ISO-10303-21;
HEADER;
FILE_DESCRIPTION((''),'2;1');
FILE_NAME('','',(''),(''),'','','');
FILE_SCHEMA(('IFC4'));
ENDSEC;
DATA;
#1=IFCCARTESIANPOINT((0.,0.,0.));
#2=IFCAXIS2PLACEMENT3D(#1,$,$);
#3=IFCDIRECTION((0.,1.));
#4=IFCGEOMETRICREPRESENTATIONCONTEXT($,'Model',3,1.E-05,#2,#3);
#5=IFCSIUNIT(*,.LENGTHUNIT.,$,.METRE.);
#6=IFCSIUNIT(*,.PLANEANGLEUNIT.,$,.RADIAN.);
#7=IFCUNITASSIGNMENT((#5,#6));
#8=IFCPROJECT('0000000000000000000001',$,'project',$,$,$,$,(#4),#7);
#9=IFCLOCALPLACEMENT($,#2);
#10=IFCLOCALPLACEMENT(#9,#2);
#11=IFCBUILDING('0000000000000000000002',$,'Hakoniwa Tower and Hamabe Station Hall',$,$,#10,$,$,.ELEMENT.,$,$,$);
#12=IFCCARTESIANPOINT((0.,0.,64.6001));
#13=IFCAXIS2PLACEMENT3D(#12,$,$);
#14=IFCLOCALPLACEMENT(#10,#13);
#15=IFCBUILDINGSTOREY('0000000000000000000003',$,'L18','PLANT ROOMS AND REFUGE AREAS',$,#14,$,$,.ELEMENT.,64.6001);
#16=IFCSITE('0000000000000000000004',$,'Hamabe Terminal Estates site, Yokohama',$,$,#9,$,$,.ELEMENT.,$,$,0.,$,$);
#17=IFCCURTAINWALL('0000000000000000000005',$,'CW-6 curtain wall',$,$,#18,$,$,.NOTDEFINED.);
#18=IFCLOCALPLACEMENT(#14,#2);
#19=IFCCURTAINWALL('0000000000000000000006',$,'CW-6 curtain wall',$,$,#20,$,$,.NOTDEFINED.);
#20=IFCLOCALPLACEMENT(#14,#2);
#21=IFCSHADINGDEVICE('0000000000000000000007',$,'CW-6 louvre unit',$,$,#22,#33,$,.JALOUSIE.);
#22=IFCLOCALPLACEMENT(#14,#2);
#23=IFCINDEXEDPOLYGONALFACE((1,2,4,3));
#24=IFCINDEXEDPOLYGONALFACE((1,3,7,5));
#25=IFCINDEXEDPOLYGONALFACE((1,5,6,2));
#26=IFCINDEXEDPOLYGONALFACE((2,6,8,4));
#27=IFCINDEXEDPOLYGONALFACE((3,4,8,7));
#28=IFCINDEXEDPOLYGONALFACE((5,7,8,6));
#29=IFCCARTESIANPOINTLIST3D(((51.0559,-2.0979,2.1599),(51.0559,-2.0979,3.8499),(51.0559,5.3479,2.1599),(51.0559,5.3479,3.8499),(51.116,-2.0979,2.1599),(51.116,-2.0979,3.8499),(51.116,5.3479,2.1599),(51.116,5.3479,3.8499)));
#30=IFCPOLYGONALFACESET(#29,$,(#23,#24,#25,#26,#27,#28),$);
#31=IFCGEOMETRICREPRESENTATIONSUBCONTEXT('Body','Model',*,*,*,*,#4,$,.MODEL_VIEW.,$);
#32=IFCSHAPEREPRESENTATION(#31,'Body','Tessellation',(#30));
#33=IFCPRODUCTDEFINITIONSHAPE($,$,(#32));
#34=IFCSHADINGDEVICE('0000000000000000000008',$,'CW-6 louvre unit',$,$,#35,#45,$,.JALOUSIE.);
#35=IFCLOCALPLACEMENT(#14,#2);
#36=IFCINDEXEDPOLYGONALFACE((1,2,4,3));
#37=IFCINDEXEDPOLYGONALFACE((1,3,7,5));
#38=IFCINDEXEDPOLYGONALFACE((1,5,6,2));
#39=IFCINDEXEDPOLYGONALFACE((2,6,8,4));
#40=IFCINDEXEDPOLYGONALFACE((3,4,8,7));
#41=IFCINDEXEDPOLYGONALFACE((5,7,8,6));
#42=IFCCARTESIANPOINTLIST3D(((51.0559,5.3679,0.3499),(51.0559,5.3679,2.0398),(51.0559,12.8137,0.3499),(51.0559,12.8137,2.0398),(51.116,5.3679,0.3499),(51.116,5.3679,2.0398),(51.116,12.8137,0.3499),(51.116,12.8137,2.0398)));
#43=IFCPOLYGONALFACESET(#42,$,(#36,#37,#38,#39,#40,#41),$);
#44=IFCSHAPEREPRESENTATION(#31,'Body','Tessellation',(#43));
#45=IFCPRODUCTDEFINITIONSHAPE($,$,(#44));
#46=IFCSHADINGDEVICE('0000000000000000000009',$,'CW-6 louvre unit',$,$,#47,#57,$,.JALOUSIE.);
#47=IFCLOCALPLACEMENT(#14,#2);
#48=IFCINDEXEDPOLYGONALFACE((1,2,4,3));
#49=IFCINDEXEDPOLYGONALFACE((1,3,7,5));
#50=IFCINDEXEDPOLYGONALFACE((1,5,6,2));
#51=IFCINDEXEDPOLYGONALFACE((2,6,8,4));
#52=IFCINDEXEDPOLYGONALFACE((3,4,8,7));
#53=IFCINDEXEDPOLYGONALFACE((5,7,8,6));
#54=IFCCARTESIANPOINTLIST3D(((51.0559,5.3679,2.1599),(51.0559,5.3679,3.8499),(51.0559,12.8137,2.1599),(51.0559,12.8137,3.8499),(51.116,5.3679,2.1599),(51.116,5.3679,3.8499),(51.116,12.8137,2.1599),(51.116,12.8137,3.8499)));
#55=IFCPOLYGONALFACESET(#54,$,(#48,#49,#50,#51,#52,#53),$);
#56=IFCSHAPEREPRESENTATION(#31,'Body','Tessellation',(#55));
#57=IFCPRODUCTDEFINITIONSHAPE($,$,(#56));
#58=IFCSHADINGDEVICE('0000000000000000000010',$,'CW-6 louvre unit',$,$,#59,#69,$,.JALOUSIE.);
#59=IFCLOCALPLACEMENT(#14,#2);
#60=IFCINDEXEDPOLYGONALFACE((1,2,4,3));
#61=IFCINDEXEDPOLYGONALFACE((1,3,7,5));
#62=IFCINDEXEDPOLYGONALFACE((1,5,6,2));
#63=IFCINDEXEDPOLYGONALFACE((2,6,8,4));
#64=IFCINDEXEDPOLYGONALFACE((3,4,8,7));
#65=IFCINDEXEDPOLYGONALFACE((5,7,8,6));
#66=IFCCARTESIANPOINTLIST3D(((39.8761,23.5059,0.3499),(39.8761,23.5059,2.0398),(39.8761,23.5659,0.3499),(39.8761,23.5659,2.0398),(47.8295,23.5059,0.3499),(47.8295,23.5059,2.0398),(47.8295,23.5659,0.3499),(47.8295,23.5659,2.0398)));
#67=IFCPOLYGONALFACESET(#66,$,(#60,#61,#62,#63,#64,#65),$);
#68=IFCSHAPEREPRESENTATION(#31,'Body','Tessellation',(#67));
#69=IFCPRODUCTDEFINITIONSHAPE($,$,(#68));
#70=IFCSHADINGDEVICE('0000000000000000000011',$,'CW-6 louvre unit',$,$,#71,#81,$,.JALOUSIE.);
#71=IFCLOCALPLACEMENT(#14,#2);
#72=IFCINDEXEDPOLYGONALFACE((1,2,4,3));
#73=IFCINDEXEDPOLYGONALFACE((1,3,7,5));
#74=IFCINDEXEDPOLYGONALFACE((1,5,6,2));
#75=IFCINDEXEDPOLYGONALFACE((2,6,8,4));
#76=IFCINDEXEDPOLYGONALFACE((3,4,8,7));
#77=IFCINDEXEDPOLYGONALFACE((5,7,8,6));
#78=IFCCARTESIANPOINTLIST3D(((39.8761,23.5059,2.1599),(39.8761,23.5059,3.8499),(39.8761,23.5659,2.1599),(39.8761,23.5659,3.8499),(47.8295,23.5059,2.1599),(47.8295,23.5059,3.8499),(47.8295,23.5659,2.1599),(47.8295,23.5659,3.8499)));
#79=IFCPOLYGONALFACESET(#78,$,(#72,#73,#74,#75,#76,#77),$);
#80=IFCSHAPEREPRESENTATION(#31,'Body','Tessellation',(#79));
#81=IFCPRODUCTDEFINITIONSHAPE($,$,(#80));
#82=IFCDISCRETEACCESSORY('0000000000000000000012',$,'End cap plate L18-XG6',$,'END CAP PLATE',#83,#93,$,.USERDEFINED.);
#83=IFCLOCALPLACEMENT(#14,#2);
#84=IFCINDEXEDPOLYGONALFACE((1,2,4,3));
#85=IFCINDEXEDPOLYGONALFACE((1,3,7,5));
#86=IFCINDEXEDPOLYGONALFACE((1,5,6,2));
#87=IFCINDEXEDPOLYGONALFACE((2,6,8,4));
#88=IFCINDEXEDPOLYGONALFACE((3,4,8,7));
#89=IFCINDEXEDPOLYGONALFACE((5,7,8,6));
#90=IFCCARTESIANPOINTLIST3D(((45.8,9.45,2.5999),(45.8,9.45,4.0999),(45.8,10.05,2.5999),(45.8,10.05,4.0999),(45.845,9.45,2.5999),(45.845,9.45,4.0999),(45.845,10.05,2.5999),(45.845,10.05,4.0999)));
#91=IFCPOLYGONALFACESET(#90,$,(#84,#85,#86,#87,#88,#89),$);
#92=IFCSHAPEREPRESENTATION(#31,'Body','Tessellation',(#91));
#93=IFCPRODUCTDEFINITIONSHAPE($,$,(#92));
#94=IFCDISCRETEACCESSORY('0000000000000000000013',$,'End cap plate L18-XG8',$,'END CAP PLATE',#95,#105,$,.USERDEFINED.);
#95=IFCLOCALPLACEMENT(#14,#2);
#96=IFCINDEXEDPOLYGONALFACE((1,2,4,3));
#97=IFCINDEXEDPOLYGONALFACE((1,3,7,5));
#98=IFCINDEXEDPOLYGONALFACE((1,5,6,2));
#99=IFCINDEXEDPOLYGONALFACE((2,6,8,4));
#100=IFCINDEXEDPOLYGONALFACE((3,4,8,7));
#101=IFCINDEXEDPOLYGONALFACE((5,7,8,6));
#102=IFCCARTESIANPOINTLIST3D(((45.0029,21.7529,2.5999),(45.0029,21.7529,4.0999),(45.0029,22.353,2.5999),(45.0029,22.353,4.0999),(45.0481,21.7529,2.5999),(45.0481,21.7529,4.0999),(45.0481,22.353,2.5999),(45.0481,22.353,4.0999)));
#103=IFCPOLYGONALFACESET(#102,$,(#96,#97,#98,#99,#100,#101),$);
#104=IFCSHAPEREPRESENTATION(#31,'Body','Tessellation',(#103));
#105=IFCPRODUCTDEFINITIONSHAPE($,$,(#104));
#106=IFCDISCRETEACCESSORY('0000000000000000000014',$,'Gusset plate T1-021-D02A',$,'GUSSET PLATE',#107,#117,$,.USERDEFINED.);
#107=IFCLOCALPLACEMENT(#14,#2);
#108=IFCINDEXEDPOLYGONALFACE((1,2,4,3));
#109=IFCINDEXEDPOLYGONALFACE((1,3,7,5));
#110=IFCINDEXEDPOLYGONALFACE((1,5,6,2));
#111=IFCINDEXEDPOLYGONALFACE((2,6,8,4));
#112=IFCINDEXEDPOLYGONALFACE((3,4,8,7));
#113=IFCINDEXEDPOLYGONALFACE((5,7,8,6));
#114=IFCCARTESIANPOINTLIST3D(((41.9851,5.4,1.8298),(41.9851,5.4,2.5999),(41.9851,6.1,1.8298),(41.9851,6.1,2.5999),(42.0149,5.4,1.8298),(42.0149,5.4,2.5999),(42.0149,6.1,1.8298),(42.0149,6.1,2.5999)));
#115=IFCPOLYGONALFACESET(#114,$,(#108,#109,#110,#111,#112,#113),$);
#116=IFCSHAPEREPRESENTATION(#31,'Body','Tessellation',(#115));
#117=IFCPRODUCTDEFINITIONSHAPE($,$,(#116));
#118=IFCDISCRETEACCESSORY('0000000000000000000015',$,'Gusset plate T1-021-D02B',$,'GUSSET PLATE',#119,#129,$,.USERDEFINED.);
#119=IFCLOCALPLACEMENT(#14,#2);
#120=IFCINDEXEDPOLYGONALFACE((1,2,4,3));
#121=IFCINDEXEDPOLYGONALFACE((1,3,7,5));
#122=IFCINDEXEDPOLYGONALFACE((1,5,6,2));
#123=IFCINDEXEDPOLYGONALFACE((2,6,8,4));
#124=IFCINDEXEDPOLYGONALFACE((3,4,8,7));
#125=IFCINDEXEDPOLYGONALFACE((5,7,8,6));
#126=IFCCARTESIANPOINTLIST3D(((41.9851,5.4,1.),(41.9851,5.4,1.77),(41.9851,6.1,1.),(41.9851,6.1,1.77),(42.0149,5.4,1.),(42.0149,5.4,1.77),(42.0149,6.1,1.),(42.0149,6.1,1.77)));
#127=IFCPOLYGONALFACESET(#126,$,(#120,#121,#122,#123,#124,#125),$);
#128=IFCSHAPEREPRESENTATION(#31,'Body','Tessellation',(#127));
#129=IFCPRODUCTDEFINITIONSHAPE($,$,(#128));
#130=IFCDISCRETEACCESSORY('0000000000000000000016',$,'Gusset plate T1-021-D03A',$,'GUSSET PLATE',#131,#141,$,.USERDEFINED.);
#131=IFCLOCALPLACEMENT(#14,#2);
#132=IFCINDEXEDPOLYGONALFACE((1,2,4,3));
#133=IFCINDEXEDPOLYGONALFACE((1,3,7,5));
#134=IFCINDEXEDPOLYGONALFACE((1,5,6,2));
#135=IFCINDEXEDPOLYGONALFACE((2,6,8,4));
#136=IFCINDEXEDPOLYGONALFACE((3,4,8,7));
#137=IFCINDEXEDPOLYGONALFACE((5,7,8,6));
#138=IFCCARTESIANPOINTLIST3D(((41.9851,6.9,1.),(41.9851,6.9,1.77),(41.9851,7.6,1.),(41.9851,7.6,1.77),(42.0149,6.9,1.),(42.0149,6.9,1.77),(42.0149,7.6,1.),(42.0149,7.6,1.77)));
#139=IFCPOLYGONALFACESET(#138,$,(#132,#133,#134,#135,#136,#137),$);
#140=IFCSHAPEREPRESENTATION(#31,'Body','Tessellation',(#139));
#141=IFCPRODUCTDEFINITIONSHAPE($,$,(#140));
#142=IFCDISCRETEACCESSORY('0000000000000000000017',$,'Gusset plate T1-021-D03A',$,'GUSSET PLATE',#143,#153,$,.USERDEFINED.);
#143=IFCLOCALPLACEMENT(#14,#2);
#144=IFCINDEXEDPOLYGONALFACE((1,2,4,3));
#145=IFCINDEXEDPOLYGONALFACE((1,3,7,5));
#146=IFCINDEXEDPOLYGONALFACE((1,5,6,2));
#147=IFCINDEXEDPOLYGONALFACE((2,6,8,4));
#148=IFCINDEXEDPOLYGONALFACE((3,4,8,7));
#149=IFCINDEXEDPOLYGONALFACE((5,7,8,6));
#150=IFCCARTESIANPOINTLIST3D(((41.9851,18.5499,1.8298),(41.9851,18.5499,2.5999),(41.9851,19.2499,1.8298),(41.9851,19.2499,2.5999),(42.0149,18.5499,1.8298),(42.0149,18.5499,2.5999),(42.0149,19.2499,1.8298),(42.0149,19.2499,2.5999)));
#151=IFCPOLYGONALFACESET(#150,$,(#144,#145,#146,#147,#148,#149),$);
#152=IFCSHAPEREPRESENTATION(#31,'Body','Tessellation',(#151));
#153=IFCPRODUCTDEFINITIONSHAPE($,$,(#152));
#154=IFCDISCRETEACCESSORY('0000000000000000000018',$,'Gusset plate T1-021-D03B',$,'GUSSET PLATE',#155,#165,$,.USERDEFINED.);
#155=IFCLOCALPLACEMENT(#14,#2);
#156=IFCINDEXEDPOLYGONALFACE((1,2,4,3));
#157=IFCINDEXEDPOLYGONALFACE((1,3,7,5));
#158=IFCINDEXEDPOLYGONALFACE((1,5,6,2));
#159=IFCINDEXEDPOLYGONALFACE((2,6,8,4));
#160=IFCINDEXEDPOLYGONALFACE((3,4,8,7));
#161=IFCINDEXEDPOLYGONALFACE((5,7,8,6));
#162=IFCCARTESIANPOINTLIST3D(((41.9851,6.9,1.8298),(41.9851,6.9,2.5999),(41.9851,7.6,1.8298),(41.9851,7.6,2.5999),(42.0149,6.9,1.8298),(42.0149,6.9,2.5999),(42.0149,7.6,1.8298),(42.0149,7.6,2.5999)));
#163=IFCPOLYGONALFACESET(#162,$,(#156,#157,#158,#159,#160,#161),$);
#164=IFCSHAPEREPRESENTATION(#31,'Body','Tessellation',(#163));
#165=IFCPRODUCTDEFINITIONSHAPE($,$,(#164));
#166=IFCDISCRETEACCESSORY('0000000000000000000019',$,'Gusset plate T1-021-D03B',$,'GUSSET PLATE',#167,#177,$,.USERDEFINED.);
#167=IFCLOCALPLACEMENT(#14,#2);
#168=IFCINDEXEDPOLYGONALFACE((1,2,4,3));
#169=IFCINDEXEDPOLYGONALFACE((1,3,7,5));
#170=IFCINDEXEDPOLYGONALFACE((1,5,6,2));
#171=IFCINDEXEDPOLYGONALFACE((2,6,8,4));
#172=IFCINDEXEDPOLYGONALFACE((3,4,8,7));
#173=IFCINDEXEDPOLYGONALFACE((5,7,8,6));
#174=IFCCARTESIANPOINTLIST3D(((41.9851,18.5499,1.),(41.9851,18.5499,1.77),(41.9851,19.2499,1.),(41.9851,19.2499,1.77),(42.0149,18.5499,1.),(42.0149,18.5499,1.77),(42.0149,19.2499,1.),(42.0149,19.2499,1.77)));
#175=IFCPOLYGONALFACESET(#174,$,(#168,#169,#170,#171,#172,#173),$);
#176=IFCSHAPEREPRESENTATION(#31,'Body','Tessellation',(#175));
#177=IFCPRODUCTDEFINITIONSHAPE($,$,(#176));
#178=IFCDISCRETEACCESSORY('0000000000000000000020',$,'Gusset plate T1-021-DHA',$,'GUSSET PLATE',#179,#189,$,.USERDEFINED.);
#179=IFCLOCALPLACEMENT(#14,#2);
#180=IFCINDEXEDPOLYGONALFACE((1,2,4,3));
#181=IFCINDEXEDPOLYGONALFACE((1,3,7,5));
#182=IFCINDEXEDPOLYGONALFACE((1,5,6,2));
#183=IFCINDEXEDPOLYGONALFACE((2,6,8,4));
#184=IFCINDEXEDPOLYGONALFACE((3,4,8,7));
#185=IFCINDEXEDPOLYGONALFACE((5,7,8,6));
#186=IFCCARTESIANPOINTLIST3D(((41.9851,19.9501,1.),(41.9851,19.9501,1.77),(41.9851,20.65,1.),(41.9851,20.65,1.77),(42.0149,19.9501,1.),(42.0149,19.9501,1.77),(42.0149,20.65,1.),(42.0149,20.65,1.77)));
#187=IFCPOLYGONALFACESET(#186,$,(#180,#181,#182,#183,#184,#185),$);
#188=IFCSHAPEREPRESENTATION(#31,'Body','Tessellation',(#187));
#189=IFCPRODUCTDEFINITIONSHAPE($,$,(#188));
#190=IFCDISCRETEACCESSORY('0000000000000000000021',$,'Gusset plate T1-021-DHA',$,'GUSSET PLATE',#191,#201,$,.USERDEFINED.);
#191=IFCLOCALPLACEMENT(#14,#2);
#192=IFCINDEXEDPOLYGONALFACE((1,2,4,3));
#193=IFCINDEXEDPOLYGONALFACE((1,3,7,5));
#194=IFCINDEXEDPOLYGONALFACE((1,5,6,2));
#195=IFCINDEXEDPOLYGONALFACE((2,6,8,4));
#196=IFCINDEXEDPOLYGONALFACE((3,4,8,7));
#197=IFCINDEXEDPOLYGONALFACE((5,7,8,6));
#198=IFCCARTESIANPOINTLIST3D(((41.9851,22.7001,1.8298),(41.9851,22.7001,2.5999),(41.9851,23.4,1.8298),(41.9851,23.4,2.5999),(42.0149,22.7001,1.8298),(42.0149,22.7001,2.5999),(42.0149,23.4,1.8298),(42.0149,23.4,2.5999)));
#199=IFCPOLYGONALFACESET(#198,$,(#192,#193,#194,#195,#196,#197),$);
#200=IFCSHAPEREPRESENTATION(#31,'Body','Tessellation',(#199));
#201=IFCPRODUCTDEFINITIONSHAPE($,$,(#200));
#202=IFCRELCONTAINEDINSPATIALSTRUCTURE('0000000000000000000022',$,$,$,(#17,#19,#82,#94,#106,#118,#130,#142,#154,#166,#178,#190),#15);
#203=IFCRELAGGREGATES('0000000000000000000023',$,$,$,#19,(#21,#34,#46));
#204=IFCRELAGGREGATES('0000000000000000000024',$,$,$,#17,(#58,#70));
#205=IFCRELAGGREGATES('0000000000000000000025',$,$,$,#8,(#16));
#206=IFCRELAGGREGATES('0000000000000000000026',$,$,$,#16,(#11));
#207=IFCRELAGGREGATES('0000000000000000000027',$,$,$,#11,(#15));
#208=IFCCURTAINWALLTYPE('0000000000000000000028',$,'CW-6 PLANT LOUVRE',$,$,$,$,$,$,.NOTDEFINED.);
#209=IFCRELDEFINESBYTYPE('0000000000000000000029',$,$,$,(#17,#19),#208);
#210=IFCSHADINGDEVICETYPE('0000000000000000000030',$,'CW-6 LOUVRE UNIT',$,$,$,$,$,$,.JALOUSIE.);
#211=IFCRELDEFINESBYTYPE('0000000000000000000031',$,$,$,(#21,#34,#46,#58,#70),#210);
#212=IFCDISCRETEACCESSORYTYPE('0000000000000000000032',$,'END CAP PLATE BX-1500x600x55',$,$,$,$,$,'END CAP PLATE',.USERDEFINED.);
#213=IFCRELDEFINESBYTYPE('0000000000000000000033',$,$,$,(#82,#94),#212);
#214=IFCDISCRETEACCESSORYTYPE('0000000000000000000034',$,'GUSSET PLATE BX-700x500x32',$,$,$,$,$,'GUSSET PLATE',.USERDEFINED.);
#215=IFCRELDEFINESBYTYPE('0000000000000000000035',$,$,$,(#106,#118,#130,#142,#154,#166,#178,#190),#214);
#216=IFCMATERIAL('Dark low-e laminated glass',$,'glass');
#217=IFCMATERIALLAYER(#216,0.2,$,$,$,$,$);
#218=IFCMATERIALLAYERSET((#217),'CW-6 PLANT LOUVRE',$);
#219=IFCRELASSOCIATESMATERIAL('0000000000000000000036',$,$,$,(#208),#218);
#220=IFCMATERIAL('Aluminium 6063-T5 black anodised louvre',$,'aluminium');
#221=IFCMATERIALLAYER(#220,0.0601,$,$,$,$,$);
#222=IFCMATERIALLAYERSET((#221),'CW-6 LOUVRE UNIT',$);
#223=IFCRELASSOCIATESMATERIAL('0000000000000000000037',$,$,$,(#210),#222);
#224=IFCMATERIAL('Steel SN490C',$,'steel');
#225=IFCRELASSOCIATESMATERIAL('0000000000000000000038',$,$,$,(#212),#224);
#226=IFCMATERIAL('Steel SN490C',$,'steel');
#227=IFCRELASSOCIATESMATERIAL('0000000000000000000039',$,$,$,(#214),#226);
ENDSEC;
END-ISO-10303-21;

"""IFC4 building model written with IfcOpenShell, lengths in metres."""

from ifc_helpers import new_model, si_unit, direction, frame, origin, origin_2d, place, context, subcontext, project, spatial, rectangle, extrude, material, layer, layer_set, material_profile, profile_set, type_object, element, aggregate, save


model = new_model("IFC4")

# Units and contexts
model_context = context("Model", 3, precision=1e-05, world=origin(), true_north=direction((0.0, 1.0)))
body_context = subcontext(model_context, "Body", "Model", "MODEL_VIEW")
ifc_project = project(units=[si_unit("LENGTHUNIT", "METRE"), si_unit("PLANEANGLEUNIT", "RADIAN")], contexts=[model_context])

# Site, building, storey
site_placement = place(None, origin())
site = spatial("IfcSite", under=ifc_project, at=site_placement, Name="Hamabe Terminal Estates site, Yokohama", CompositionType="ELEMENT", RefElevation=0.0)
building_placement = place(site_placement, origin())
building = spatial("IfcBuilding", under=site, at=building_placement, Name="Hakoniwa Tower and Hamabe Station Hall", CompositionType="ELEMENT")
storey_placement = place(building_placement, frame((0.0, 0.0, 64.6001)))
storey = spatial("IfcBuildingStorey", under=building, at=storey_placement, Name="L18", Description="PLANT ROOMS AND REFUGE AREAS", CompositionType="ELEMENT", Elevation=64.6001)

# Curtain walls
ifc_material_1 = material(Name="Dark low-e laminated glass", Category="glass")
ifc_layer_1 = layer(ifc_material_1, 0.2)
ifc_layer_set_1 = layer_set([ifc_layer_1], Name="CW-6 PLANT LOUVRE")
curtain_wall_type = type_object("IfcCurtainWallType", Name="CW-6 PLANT LOUVRE", PredefinedType="NOTDEFINED", material=ifc_layer_set_1)
curtain_wall_1_placement = place(storey_placement, origin())
curtain_wall_1 = element("IfcCurtainWall", 1, at=curtain_wall_1_placement, inside=storey, type_object=curtain_wall_type, Name="CW-6 curtain wall", PredefinedType="NOTDEFINED")
curtain_wall_2_placement = place(storey_placement, origin())
curtain_wall_2 = element("IfcCurtainWall", 2, at=curtain_wall_2_placement, inside=storey, type_object=curtain_wall_type, Name="CW-6 curtain wall", PredefinedType="NOTDEFINED")

# Shading devices
ifc_material_2 = material(Name="Aluminium 6063-T5 black anodised louvre", Category="aluminium")
ifc_layer_2 = layer(ifc_material_2, 0.0601)
ifc_layer_set_2 = layer_set([ifc_layer_2], Name="CW-6 LOUVRE UNIT")
shading_device_type = type_object("IfcShadingDeviceType", Name="CW-6 LOUVRE UNIT", PredefinedType="JALOUSIE", material=ifc_layer_set_2)
shading_device_1_placement = place(storey_placement, frame((51.0859, 1.625, 2.1599), z_axis=(0.0, 0.0, 1.0), x_axis=(0.0, 1.0, 0.0)))
shading_device_1 = element("IfcShadingDevice", 3, at=shading_device_1_placement, type_object=shading_device_type, Name="CW-6 louvre unit", PredefinedType="JALOUSIE", context=body_context, shape_type="SweptSolid", body=[
    extrude(rectangle(XDim=7.4458, YDim=0.0601, at=origin_2d()), origin(), (0.0, 0.0, 1.0), 1.6899),
])
shading_device_2_placement = place(storey_placement, frame((51.0859, 9.0908, 0.3499), z_axis=(0.0, 0.0, 1.0), x_axis=(0.0, 1.0, 0.0)))
shading_device_2 = element("IfcShadingDevice", 4, at=shading_device_2_placement, type_object=shading_device_type, Name="CW-6 louvre unit", PredefinedType="JALOUSIE", context=body_context, shape_type="SweptSolid", body=[
    extrude(rectangle(XDim=7.4458, YDim=0.0601, at=origin_2d()), origin(), (0.0, 0.0, 1.0), 1.6899),
])
shading_device_3_placement = place(storey_placement, frame((51.0859, 9.0908, 2.1599), z_axis=(0.0, 0.0, 1.0), x_axis=(0.0, 1.0, 0.0)))
shading_device_3 = element("IfcShadingDevice", 5, at=shading_device_3_placement, type_object=shading_device_type, Name="CW-6 louvre unit", PredefinedType="JALOUSIE", context=body_context, shape_type="SweptSolid", body=[
    extrude(rectangle(XDim=7.4458, YDim=0.0601, at=origin_2d()), origin(), (0.0, 0.0, 1.0), 1.6899),
])
aggregate(curtain_wall_2, [shading_device_1, shading_device_2, shading_device_3])
shading_device_4_placement = place(storey_placement, frame((43.8528, 23.5359, 0.3499), z_axis=(0.0, 0.0, 1.0), x_axis=(-1.0, 0.0, 0.0)))
shading_device_4 = element("IfcShadingDevice", 6, at=shading_device_4_placement, type_object=shading_device_type, Name="CW-6 louvre unit", PredefinedType="JALOUSIE", context=body_context, shape_type="SweptSolid", body=[
    extrude(rectangle(XDim=7.9534, YDim=0.0601, at=origin_2d()), origin(), (0.0, 0.0, 1.0), 1.6899),
])
shading_device_5_placement = place(storey_placement, frame((43.8528, 23.5359, 2.1599), z_axis=(0.0, 0.0, 1.0), x_axis=(-1.0, 0.0, 0.0)))
shading_device_5 = element("IfcShadingDevice", 7, at=shading_device_5_placement, type_object=shading_device_type, Name="CW-6 louvre unit", PredefinedType="JALOUSIE", context=body_context, shape_type="SweptSolid", body=[
    extrude(rectangle(XDim=7.9534, YDim=0.0601, at=origin_2d()), origin(), (0.0, 0.0, 1.0), 1.6899),
])
aggregate(curtain_wall_1, [shading_device_4, shading_device_5])

# Discrete accessories
ifc_material_3 = material(Name="Steel SN490C", Category="steel")
ifc_material_profile_1 = material_profile(ifc_material_3, rectangle(XDim=0.6001, YDim=1.5, at=origin_2d()), Name="END CAP PLATE BX-1500x600x55")
ifc_profile_set_1 = profile_set([ifc_material_profile_1], Name="Steel SN490C")
discrete_accessory_type_1 = type_object("IfcDiscreteAccessoryType", Name="END CAP PLATE BX-1500x600x55", ElementType="END CAP PLATE", PredefinedType="USERDEFINED", material=ifc_profile_set_1)
discrete_accessory_1_placement = place(storey_placement, frame((45.8, 9.75, 3.3499), z_axis=(1.0, 0.0, 0.0), x_axis=(0.0, 1.0, 0.0)))
element("IfcDiscreteAccessory", 8, at=discrete_accessory_1_placement, inside=storey, type_object=discrete_accessory_type_1, Name="End cap plate L18-XG6", ObjectType="END CAP PLATE", PredefinedType="USERDEFINED", context=body_context, shape_type="SweptSolid", body=[
    extrude(rectangle(XDim=0.6001, YDim=1.5, at=origin_2d()), origin(), (0.0, 0.0, 1.0), 0.0449),
])
discrete_accessory_2_placement = place(storey_placement, frame((45.0029, 22.053, 3.3499), z_axis=(1.0, 0.0, 0.0), x_axis=(0.0, 1.0, 0.0)))
element("IfcDiscreteAccessory", 9, at=discrete_accessory_2_placement, inside=storey, type_object=discrete_accessory_type_1, Name="End cap plate L18-XG8", ObjectType="END CAP PLATE", PredefinedType="USERDEFINED", context=body_context, shape_type="SweptSolid", body=[
    extrude(rectangle(XDim=0.6001, YDim=1.5, at=origin_2d()), origin(), (0.0, 0.0, 1.0), 0.0452),
])
ifc_material_4 = material(Name="Steel SN490C", Category="steel")
ifc_material_profile_2 = material_profile(ifc_material_4, rectangle(XDim=0.7, YDim=0.77, at=origin_2d()), Name="GUSSET PLATE BX-700x500x32")
ifc_profile_set_2 = profile_set([ifc_material_profile_2], Name="Steel SN490C")
discrete_accessory_type_2 = type_object("IfcDiscreteAccessoryType", Name="GUSSET PLATE BX-700x500x32", ElementType="GUSSET PLATE", PredefinedType="USERDEFINED", material=ifc_profile_set_2)
for number, where, z_axis, x_axis, name in (
    (10, (42.0149, 5.75, 2.2148), (-1.0, 0.0, 0.0), (0.0, -1.0, 0.0), "Gusset plate T1-021-D02A"),
    (11, (42.0149, 5.75, 1.385), (-1.0, 0.0, 0.0), (0.0, -1.0, 0.0), "Gusset plate T1-021-D02B"),
    (12, (42.0149, 7.25, 1.385), (-1.0, 0.0, 0.0), (0.0, -1.0, 0.0), "Gusset plate T1-021-D03A"),
    (13, (42.0149, 18.8999, 2.2148), (-1.0, 0.0, 0.0), (0.0, -1.0, 0.0), "Gusset plate T1-021-D03A"),
    (14, (42.0149, 7.25, 2.2148), (-1.0, 0.0, 0.0), (0.0, -1.0, 0.0), "Gusset plate T1-021-D03B"),
    (15, (42.0149, 18.8999, 1.385), (-1.0, 0.0, 0.0), (0.0, -1.0, 0.0), "Gusset plate T1-021-D03B"),
    (16, (42.0149, 20.3, 1.385), (-1.0, 0.0, 0.0), (0.0, -1.0, 0.0), "Gusset plate T1-021-DHA"),
    (17, (42.0149, 23.05, 2.2148), (-1.0, 0.0, 0.0), (0.0, -1.0, 0.0), "Gusset plate T1-021-DHA"),
):
    element("IfcDiscreteAccessory", number, at=place(storey_placement, frame(where, z_axis=z_axis, x_axis=x_axis)), inside=storey, type_object=discrete_accessory_type_2, Name=name, ObjectType="GUSSET PLATE", PredefinedType="USERDEFINED", context=body_context, shape_type="SweptSolid", body=[
        extrude(rectangle(XDim=0.7, YDim=0.77, at=origin_2d()), origin(), (0.0, 0.0, 1.0), 0.0298),
    ])

save(model, "model.ifc")
